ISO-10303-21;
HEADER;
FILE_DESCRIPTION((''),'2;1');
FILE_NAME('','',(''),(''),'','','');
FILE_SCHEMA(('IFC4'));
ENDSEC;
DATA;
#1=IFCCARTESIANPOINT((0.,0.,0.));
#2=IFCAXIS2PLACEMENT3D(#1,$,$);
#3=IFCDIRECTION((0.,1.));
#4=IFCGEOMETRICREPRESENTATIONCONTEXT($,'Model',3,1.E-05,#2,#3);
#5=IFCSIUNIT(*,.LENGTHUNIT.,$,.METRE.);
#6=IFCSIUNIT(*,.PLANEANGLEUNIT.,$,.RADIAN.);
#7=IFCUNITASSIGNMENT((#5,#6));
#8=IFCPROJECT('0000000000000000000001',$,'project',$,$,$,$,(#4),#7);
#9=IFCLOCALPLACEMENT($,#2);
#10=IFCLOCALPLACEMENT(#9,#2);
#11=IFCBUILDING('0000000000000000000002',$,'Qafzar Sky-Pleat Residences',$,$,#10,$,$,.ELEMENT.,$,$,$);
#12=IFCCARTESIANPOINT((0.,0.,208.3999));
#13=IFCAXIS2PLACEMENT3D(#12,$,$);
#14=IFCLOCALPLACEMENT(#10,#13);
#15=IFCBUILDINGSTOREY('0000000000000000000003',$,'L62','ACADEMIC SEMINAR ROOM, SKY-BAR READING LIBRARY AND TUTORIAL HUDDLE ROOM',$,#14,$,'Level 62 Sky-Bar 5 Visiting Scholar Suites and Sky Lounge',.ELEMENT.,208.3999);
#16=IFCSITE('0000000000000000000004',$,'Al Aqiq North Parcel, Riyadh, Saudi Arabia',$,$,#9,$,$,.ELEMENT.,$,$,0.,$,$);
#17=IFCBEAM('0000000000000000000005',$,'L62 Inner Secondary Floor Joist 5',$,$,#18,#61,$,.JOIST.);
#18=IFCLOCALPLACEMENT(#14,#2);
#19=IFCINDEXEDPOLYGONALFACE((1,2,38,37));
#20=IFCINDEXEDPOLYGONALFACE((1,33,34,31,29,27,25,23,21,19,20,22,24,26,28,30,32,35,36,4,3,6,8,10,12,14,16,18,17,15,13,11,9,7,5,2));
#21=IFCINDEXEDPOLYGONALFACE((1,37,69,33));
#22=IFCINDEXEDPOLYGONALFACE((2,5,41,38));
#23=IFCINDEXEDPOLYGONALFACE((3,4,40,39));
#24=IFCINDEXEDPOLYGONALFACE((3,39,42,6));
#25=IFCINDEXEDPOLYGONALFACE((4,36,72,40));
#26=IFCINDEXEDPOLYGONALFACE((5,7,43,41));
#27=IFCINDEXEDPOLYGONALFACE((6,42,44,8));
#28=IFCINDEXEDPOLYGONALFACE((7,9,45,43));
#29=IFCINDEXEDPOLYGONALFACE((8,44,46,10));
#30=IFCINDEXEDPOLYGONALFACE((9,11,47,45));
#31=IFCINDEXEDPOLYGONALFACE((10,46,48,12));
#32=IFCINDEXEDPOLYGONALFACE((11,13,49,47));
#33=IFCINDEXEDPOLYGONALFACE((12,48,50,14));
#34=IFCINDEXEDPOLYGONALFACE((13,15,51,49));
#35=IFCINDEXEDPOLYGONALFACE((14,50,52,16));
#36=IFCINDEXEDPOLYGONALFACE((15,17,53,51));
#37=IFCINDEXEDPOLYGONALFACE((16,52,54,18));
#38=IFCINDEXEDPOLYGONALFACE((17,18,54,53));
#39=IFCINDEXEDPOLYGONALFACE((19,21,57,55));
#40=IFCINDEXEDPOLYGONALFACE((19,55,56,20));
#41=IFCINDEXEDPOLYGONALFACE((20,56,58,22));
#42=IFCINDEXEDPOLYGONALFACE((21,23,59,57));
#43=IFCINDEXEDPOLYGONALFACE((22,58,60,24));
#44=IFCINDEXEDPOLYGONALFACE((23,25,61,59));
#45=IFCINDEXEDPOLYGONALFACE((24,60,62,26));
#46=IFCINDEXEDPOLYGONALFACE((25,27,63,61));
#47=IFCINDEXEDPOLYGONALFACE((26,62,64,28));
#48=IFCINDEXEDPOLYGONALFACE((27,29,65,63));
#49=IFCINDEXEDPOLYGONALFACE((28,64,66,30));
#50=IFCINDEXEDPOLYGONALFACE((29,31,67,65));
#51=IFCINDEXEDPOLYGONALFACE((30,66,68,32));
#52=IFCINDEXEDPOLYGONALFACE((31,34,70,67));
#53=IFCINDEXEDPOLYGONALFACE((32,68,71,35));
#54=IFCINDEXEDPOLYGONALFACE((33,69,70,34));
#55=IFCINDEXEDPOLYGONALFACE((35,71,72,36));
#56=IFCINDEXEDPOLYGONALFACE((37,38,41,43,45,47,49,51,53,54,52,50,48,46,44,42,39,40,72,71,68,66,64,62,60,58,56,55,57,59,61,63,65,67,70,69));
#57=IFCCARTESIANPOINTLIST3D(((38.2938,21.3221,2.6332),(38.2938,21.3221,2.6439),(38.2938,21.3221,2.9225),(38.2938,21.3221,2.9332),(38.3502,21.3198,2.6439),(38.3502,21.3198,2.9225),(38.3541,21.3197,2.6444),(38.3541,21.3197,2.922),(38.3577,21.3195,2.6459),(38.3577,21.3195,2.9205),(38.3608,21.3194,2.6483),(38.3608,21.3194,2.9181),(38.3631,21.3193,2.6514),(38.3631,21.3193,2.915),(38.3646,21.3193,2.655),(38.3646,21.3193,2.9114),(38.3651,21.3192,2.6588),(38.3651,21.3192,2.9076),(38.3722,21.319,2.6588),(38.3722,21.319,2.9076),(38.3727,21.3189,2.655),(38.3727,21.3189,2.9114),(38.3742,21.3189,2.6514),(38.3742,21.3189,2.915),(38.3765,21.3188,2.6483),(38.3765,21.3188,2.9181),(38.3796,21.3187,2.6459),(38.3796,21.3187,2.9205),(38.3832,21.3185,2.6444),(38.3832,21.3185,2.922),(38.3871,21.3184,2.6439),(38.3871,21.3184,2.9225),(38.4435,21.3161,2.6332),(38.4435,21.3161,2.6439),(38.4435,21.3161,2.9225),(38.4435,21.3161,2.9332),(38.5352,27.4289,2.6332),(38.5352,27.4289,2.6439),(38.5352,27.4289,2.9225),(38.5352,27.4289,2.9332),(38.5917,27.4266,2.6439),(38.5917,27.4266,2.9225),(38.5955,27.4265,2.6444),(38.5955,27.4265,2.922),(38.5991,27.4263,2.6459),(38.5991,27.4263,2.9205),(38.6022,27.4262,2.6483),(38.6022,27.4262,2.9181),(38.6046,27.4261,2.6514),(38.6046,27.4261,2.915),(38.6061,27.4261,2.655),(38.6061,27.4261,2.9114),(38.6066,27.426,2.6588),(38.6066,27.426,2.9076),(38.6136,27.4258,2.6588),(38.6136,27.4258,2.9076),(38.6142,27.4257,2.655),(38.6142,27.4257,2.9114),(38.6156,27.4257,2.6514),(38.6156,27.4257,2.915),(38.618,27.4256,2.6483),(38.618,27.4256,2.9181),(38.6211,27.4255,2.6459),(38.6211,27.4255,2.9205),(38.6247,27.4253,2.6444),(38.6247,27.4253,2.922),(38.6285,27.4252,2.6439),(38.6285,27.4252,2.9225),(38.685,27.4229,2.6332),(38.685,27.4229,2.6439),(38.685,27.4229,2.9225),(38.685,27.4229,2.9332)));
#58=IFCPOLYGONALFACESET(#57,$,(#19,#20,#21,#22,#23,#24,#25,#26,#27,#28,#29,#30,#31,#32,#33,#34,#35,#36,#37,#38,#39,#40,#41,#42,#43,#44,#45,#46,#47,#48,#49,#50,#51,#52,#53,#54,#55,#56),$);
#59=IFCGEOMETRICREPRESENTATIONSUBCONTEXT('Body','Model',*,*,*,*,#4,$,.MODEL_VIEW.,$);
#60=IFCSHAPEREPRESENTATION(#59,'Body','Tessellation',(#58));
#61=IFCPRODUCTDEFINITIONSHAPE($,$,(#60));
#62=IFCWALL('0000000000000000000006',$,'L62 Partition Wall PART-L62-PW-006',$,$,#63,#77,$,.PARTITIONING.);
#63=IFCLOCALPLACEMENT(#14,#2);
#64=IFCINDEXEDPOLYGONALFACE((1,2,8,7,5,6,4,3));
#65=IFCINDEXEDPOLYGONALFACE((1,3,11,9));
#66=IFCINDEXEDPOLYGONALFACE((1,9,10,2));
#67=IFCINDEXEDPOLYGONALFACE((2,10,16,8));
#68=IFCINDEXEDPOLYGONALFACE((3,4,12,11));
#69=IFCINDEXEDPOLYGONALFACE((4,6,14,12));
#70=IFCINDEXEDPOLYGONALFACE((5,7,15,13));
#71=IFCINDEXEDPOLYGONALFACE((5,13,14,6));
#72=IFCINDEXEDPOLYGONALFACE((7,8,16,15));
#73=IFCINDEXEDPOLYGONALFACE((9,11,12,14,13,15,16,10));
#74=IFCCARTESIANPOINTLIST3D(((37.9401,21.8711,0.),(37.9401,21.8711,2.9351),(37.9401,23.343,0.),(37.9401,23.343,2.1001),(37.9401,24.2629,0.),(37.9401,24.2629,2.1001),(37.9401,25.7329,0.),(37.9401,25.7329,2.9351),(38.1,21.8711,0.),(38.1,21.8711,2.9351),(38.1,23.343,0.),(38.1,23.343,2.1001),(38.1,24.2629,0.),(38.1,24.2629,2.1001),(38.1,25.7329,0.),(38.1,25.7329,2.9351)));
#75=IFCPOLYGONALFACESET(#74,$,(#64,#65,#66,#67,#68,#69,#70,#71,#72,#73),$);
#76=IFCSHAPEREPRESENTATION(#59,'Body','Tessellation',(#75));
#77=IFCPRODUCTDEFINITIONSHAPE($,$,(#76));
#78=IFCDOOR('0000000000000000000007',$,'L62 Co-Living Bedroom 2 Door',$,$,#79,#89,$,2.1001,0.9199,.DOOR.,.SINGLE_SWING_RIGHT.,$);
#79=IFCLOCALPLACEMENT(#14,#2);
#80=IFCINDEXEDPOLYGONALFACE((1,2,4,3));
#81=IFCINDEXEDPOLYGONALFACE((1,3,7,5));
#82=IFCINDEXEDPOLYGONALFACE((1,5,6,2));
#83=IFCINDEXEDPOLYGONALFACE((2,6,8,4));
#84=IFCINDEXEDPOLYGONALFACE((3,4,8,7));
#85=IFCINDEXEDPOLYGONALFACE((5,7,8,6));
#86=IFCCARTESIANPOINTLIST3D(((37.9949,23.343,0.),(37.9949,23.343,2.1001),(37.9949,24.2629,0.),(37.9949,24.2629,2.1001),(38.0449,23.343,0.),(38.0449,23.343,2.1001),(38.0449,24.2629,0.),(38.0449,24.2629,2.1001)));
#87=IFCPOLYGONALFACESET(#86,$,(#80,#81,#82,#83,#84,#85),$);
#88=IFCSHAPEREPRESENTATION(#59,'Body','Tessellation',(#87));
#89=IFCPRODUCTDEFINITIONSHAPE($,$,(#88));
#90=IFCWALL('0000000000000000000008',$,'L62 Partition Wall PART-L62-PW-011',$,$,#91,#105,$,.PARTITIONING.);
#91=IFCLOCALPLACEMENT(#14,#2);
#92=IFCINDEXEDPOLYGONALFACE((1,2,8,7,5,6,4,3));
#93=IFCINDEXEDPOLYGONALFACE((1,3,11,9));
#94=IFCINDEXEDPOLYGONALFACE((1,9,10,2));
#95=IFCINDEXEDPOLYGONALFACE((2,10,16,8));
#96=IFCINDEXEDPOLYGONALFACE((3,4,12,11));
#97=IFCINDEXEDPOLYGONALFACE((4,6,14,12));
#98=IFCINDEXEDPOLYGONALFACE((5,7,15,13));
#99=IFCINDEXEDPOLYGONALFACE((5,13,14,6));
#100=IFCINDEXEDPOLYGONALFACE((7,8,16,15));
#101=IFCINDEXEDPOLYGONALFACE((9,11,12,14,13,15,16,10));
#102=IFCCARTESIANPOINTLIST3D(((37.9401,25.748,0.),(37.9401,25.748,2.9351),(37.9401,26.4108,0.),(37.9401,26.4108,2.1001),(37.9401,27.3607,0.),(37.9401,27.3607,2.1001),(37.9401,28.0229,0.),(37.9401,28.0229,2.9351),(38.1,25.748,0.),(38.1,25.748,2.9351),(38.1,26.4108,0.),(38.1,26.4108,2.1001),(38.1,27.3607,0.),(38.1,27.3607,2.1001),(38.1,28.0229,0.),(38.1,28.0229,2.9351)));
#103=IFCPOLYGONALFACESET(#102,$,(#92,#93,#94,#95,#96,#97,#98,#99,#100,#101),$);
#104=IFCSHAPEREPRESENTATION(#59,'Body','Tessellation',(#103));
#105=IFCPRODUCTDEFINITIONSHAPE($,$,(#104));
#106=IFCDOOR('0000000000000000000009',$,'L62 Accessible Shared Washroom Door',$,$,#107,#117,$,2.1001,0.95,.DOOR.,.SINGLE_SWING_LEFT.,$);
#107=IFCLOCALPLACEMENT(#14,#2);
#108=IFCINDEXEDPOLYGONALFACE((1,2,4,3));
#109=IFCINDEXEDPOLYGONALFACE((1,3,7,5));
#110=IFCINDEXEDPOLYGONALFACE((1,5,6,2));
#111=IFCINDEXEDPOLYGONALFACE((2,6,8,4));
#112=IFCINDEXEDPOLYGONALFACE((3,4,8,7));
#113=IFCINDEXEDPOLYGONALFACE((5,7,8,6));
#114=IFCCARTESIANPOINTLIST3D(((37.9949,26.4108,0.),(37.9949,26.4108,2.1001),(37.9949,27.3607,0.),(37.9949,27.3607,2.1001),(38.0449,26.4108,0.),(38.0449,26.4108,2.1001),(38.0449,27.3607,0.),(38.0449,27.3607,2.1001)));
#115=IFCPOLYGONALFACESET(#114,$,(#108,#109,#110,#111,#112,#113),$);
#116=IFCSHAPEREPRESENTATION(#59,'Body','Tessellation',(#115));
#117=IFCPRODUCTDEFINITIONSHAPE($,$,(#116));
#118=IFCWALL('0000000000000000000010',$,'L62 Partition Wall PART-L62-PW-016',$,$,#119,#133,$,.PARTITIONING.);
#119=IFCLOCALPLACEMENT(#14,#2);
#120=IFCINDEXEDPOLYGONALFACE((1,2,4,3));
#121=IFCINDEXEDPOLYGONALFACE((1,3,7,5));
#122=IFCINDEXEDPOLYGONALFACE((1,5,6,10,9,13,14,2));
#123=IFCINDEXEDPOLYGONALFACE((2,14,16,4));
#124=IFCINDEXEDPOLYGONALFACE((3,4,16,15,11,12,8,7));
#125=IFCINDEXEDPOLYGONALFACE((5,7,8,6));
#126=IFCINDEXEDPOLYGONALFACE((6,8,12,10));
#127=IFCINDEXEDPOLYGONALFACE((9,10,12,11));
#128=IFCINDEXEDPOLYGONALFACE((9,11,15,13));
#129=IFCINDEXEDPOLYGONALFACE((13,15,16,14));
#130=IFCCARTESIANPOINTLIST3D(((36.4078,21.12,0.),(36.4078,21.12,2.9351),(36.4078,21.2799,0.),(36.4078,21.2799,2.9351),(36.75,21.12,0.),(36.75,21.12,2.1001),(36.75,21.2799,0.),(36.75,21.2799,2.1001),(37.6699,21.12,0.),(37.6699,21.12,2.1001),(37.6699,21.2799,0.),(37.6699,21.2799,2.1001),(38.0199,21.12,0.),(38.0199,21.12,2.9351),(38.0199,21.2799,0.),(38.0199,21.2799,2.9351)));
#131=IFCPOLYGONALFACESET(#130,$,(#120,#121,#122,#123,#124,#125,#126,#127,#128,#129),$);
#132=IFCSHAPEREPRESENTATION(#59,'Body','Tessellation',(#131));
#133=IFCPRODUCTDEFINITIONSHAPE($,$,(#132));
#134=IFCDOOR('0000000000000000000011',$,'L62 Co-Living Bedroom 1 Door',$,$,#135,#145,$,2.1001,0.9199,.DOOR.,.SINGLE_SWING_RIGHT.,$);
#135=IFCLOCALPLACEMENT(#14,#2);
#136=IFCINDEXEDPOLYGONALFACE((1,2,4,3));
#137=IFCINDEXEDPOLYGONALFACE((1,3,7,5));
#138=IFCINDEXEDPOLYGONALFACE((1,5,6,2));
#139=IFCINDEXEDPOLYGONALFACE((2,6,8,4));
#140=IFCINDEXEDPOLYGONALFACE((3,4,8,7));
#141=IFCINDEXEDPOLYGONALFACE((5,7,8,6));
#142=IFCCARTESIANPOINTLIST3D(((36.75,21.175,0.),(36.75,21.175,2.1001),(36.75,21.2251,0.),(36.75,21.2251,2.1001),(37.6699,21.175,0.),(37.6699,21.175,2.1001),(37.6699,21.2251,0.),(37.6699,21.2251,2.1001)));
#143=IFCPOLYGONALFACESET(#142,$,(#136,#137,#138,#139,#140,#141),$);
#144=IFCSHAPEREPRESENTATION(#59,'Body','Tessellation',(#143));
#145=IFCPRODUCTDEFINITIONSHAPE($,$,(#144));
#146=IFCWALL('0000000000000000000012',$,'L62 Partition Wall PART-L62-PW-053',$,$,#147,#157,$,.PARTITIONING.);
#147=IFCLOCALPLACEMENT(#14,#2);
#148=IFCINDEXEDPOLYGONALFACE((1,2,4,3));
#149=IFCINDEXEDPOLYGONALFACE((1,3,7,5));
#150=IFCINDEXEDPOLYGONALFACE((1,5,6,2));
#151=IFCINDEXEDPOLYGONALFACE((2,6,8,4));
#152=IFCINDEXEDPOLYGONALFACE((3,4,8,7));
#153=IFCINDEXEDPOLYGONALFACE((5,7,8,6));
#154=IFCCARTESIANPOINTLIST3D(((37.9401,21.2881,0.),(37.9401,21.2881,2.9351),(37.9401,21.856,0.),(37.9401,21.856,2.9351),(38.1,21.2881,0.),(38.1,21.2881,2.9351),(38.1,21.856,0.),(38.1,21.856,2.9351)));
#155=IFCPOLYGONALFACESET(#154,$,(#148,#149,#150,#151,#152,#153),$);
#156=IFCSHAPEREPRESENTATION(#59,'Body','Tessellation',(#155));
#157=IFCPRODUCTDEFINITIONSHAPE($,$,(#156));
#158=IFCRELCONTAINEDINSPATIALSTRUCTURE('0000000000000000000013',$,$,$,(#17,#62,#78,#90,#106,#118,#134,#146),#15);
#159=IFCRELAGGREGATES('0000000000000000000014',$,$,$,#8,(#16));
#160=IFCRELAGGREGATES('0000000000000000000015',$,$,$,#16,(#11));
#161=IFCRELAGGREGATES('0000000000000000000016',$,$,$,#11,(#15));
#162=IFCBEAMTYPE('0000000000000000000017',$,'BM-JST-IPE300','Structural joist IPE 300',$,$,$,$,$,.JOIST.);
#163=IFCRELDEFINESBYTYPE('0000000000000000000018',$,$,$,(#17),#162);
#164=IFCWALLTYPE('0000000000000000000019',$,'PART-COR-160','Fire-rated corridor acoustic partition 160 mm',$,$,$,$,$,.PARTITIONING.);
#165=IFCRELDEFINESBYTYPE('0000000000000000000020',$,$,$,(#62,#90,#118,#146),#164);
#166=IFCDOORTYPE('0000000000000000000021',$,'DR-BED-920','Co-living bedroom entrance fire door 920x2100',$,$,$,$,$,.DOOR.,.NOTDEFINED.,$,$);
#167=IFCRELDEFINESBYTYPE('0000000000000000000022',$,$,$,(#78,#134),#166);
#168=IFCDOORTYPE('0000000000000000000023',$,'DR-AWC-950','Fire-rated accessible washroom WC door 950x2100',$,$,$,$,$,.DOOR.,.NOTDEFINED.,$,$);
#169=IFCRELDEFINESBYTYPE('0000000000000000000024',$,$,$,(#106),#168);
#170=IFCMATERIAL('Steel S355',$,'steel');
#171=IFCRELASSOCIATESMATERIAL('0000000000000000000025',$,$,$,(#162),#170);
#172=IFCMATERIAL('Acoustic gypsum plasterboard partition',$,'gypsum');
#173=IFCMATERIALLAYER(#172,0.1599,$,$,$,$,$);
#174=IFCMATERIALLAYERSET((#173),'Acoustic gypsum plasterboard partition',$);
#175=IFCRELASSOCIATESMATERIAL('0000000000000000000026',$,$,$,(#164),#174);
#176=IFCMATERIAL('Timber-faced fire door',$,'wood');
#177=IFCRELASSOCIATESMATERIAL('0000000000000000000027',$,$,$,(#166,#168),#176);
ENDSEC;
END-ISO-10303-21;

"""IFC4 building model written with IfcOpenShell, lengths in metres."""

from ifc_helpers import new_model, si_unit, direction, frame, frame_2d, origin, origin_2d, place, context, subcontext, project, spatial, rectangle, i_section, extrude, source, transform, mapped, material, layer, layer_set, material_profile, profile_set, type_object, element, fill, save


model = new_model("IFC4")

# Units and contexts
model_context = context("Model", 3, precision=1e-05, world=origin(), true_north=direction((0.0, 1.0)))
body_context = subcontext(model_context, "Body", "Model", "MODEL_VIEW")
ifc_project = project(units=[si_unit("LENGTHUNIT", "METRE"), si_unit("PLANEANGLEUNIT", "RADIAN")], contexts=[model_context])

# Site, building, storey
site_placement = place(None, origin())
site = spatial("IfcSite", under=ifc_project, at=site_placement, Name="Al Aqiq North Parcel, Riyadh, Saudi Arabia", CompositionType="ELEMENT", RefElevation=0.0)
building_placement = place(site_placement, origin())
building = spatial("IfcBuilding", under=site, at=building_placement, Name="Qafzar Sky-Pleat Residences", CompositionType="ELEMENT")
storey_placement = place(building_placement, frame((0.0, 0.0, 208.3999)))
storey = spatial("IfcBuildingStorey", under=building, at=storey_placement, Name="L62", Description="ACADEMIC SEMINAR ROOM, SKY-BAR READING LIBRARY AND TUTORIAL HUDDLE ROOM", LongName="Level 62 Sky-Bar 5 Visiting Scholar Suites and Sky Lounge", CompositionType="ELEMENT", Elevation=208.3999)

# Beam
ifc_material_1 = material(Name="Steel S355", Category="steel")
ifc_material_profile = material_profile(ifc_material_1, i_section(OverallWidth=0.1499, OverallDepth=0.3, WebThickness=0.0071, FlangeThickness=0.0107, FilletRadius=0.0149, at=origin_2d()), Name="IPE 300")
ifc_profile_set = profile_set([ifc_material_profile], Name="Steel S355")
beam_type = type_object("IfcBeamType", Name="BM-JST-IPE300", Description="Structural joist IPE 300", PredefinedType="JOIST", material=ifc_profile_set)
shared_shape_1 = source(origin(), body_context, "Body", "SweptSolid", [
    extrude(i_section(OverallWidth=0.1499, OverallDepth=0.3, WebThickness=0.0071, FlangeThickness=0.0107, FilletRadius=0.0149, at=origin_2d()), origin(), (0.0, 0.0, 1.0), 6.1116),
])
beam_placement = place(storey_placement, frame((38.3687, 21.3191, 2.7832), z_axis=(0.039509, 0.999219, 0.0), x_axis=(-0.999219, 0.039509, 0.0)))
element("IfcBeam", 1, at=beam_placement, inside=storey, type_object=beam_type, Name="L62 Inner Secondary Floor Joist 5", PredefinedType="JOIST", context=body_context, shape_type="MappedRepresentation", body=[
    mapped(shared_shape_1, transform((0.0, 0.0, 0.0), x_axis=(1.0, 0.0, 0.0), y_axis=(0.0, 1.0, 0.0), z_axis=(0.0, 0.0, 1.0), scale=1.0)),
])

# Walls, openings, doors
ifc_material_2 = material(Name="Acoustic gypsum plasterboard partition", Category="gypsum")
ifc_layer_1 = layer(ifc_material_2, 0.1599)
ifc_layer_set_1 = layer_set([ifc_layer_1], Name="Acoustic gypsum plasterboard partition")
wall_type_1 = type_object("IfcWallType", Name="PART-COR-160", Description="Fire-rated corridor acoustic partition 160 mm", PredefinedType="PARTITIONING", material=ifc_layer_set_1)
wall_1_placement = place(storey_placement, frame((38.02, 25.7329, 0.0), z_axis=(0.0, 0.0, 1.0), x_axis=(0.0, -1.0, 0.0)))
wall_1 = element("IfcWall", 2, at=wall_1_placement, inside=storey, type_object=wall_type_1, Name="L62 Partition Wall PART-L62-PW-006", PredefinedType="PARTITIONING", context=body_context, shape_type="SweptSolid", body=[
    extrude(rectangle(XDim=3.8618, YDim=0.1599, at=frame_2d((1.9309, 0.0))), origin(), (0.0, 0.0, 1.0), 2.9351),
])
opening_1_placement = place(wall_1_placement, frame((1.47, 0.0, 0.0)))
opening_1 = element("IfcOpeningElement", 3, at=opening_1_placement, cuts=wall_1, PredefinedType="OPENING", context=body_context, shape_type="SweptSolid", body=[
    extrude(rectangle(XDim=0.9199, YDim=2.1001, at=frame_2d((0.46, 1.05))), frame((0.0, 0.0898, 0.0), z_axis=(0.0, -1.0, 0.0), x_axis=(1.0, 0.0, 0.0)), (0.0, 0.0, 1.0), 0.1799),
])
ifc_material_3 = material(Name="Timber-faced fire door", Category="wood")
door_type_1 = type_object("IfcDoorType", Name="DR-BED-920", Description="Co-living bedroom entrance fire door 920x2100", OperationType="NOTDEFINED", PredefinedType="DOOR", material=ifc_material_3)
shared_shape_2 = source(origin(), body_context, "Body", "SweptSolid", [
    extrude(rectangle(XDim=0.9199, YDim=2.1001, at=frame_2d((0.46, 1.05))), frame((0.0, 0.0249, 0.0), z_axis=(0.0, -1.0, 0.0), x_axis=(1.0, 0.0, 0.0)), (0.0, 0.0, 1.0), 0.05),
])
door_1_placement = place(opening_1_placement, origin())
door_1 = element("IfcDoor", 4, at=door_1_placement, inside=storey, type_object=door_type_1, Name="L62 Co-Living Bedroom 2 Door", OperationType="SINGLE_SWING_RIGHT", OverallHeight=2.1001, OverallWidth=0.9199, PredefinedType="DOOR", context=body_context, shape_type="MappedRepresentation", body=[
    mapped(shared_shape_2, transform((0.0, 0.0, 0.0), x_axis=(1.0, 0.0, 0.0), y_axis=(0.0, 1.0, 0.0), z_axis=(0.0, 0.0, 1.0), scale=1.0)),
])
fill(opening_1, door_1)
wall_2_placement = place(storey_placement, frame((38.02, 28.0229, 0.0), z_axis=(0.0, 0.0, 1.0), x_axis=(0.0, -1.0, 0.0)))
wall_2 = element("IfcWall", 5, at=wall_2_placement, inside=storey, type_object=wall_type_1, Name="L62 Partition Wall PART-L62-PW-011", PredefinedType="PARTITIONING", context=body_context, shape_type="SweptSolid", body=[
    extrude(rectangle(XDim=2.2749, YDim=0.1599, at=frame_2d((1.1375, 0.0))), origin(), (0.0, 0.0, 1.0), 2.9351),
])
opening_2_placement = place(wall_2_placement, frame((0.6621, 0.0, 0.0)))
opening_2 = element("IfcOpeningElement", 6, at=opening_2_placement, cuts=wall_2, PredefinedType="OPENING", context=body_context, shape_type="SweptSolid", body=[
    extrude(rectangle(XDim=0.95, YDim=2.1001, at=frame_2d((0.4751, 1.05))), frame((0.0, 0.0898, 0.0), z_axis=(0.0, -1.0, 0.0), x_axis=(1.0, 0.0, 0.0)), (0.0, 0.0, 1.0), 0.1799),
])
door_type_2 = type_object("IfcDoorType", Name="DR-AWC-950", Description="Fire-rated accessible washroom WC door 950x2100", OperationType="NOTDEFINED", PredefinedType="DOOR", material=ifc_material_3)
shared_shape_3 = source(origin(), body_context, "Body", "SweptSolid", [
    extrude(rectangle(XDim=0.95, YDim=2.1001, at=frame_2d((0.4751, 1.05))), frame((0.0, 0.0249, 0.0), z_axis=(0.0, -1.0, 0.0), x_axis=(1.0, 0.0, 0.0)), (0.0, 0.0, 1.0), 0.05),
])
door_2_placement = place(opening_2_placement, origin())
door_2 = element("IfcDoor", 7, at=door_2_placement, inside=storey, type_object=door_type_2, Name="L62 Accessible Shared Washroom Door", OperationType="SINGLE_SWING_LEFT", OverallHeight=2.1001, OverallWidth=0.95, PredefinedType="DOOR", context=body_context, shape_type="MappedRepresentation", body=[
    mapped(shared_shape_3, transform((0.0, 0.0, 0.0), x_axis=(1.0, 0.0, 0.0), y_axis=(0.0, 1.0, 0.0), z_axis=(0.0, 0.0, 1.0), scale=1.0)),
])
fill(opening_2, door_2)
wall_3_placement = place(storey_placement, frame((38.02, 21.2, 0.0), z_axis=(0.0, 0.0, 1.0), x_axis=(-1.0, 0.0, 0.0)))
wall_3 = element("IfcWall", 8, at=wall_3_placement, inside=storey, type_object=wall_type_1, Name="L62 Partition Wall PART-L62-PW-016", PredefinedType="PARTITIONING", context=body_context, shape_type="SweptSolid", body=[
    extrude(rectangle(XDim=1.6121, YDim=0.1599, at=frame_2d((0.8062, 0.0))), origin(), (0.0, 0.0, 1.0), 2.9351),
])
opening_3_placement = place(wall_3_placement, frame((0.3501, 0.0, 0.0)))
opening_3 = element("IfcOpeningElement", 9, at=opening_3_placement, cuts=wall_3, PredefinedType="OPENING", context=body_context, shape_type="SweptSolid", body=[
    extrude(rectangle(XDim=0.9199, YDim=2.1001, at=frame_2d((0.46, 1.05))), frame((0.0, 0.0898, 0.0), z_axis=(0.0, -1.0, 0.0), x_axis=(1.0, 0.0, 0.0)), (0.0, 0.0, 1.0), 0.1799),
])
door_3_placement = place(opening_3_placement, origin())
door_3 = element("IfcDoor", 10, at=door_3_placement, inside=storey, type_object=door_type_1, Name="L62 Co-Living Bedroom 1 Door", OperationType="SINGLE_SWING_RIGHT", OverallHeight=2.1001, OverallWidth=0.9199, PredefinedType="DOOR", context=body_context, shape_type="MappedRepresentation", body=[
    mapped(shared_shape_2, transform((0.0, 0.0, 0.0), x_axis=(1.0, 0.0, 0.0), y_axis=(0.0, 1.0, 0.0), z_axis=(0.0, 0.0, 1.0), scale=1.0)),
])
fill(opening_3, door_3)

# Wall
wall_4_placement = place(storey_placement, frame((38.02, 21.2881, 0.0), z_axis=(0.0, 0.0, 1.0), x_axis=(0.0, 1.0, 0.0)))
element("IfcWall", 11, at=wall_4_placement, inside=storey, type_object=wall_type_1, Name="L62 Partition Wall PART-L62-PW-053", PredefinedType="PARTITIONING", context=body_context, shape_type="SweptSolid", body=[
    extrude(rectangle(XDim=0.5679, YDim=0.1599, at=frame_2d((0.2839, 0.0))), origin(), (0.0, 0.0, 1.0), 2.9351),
])

save(model, "model.ifc")
